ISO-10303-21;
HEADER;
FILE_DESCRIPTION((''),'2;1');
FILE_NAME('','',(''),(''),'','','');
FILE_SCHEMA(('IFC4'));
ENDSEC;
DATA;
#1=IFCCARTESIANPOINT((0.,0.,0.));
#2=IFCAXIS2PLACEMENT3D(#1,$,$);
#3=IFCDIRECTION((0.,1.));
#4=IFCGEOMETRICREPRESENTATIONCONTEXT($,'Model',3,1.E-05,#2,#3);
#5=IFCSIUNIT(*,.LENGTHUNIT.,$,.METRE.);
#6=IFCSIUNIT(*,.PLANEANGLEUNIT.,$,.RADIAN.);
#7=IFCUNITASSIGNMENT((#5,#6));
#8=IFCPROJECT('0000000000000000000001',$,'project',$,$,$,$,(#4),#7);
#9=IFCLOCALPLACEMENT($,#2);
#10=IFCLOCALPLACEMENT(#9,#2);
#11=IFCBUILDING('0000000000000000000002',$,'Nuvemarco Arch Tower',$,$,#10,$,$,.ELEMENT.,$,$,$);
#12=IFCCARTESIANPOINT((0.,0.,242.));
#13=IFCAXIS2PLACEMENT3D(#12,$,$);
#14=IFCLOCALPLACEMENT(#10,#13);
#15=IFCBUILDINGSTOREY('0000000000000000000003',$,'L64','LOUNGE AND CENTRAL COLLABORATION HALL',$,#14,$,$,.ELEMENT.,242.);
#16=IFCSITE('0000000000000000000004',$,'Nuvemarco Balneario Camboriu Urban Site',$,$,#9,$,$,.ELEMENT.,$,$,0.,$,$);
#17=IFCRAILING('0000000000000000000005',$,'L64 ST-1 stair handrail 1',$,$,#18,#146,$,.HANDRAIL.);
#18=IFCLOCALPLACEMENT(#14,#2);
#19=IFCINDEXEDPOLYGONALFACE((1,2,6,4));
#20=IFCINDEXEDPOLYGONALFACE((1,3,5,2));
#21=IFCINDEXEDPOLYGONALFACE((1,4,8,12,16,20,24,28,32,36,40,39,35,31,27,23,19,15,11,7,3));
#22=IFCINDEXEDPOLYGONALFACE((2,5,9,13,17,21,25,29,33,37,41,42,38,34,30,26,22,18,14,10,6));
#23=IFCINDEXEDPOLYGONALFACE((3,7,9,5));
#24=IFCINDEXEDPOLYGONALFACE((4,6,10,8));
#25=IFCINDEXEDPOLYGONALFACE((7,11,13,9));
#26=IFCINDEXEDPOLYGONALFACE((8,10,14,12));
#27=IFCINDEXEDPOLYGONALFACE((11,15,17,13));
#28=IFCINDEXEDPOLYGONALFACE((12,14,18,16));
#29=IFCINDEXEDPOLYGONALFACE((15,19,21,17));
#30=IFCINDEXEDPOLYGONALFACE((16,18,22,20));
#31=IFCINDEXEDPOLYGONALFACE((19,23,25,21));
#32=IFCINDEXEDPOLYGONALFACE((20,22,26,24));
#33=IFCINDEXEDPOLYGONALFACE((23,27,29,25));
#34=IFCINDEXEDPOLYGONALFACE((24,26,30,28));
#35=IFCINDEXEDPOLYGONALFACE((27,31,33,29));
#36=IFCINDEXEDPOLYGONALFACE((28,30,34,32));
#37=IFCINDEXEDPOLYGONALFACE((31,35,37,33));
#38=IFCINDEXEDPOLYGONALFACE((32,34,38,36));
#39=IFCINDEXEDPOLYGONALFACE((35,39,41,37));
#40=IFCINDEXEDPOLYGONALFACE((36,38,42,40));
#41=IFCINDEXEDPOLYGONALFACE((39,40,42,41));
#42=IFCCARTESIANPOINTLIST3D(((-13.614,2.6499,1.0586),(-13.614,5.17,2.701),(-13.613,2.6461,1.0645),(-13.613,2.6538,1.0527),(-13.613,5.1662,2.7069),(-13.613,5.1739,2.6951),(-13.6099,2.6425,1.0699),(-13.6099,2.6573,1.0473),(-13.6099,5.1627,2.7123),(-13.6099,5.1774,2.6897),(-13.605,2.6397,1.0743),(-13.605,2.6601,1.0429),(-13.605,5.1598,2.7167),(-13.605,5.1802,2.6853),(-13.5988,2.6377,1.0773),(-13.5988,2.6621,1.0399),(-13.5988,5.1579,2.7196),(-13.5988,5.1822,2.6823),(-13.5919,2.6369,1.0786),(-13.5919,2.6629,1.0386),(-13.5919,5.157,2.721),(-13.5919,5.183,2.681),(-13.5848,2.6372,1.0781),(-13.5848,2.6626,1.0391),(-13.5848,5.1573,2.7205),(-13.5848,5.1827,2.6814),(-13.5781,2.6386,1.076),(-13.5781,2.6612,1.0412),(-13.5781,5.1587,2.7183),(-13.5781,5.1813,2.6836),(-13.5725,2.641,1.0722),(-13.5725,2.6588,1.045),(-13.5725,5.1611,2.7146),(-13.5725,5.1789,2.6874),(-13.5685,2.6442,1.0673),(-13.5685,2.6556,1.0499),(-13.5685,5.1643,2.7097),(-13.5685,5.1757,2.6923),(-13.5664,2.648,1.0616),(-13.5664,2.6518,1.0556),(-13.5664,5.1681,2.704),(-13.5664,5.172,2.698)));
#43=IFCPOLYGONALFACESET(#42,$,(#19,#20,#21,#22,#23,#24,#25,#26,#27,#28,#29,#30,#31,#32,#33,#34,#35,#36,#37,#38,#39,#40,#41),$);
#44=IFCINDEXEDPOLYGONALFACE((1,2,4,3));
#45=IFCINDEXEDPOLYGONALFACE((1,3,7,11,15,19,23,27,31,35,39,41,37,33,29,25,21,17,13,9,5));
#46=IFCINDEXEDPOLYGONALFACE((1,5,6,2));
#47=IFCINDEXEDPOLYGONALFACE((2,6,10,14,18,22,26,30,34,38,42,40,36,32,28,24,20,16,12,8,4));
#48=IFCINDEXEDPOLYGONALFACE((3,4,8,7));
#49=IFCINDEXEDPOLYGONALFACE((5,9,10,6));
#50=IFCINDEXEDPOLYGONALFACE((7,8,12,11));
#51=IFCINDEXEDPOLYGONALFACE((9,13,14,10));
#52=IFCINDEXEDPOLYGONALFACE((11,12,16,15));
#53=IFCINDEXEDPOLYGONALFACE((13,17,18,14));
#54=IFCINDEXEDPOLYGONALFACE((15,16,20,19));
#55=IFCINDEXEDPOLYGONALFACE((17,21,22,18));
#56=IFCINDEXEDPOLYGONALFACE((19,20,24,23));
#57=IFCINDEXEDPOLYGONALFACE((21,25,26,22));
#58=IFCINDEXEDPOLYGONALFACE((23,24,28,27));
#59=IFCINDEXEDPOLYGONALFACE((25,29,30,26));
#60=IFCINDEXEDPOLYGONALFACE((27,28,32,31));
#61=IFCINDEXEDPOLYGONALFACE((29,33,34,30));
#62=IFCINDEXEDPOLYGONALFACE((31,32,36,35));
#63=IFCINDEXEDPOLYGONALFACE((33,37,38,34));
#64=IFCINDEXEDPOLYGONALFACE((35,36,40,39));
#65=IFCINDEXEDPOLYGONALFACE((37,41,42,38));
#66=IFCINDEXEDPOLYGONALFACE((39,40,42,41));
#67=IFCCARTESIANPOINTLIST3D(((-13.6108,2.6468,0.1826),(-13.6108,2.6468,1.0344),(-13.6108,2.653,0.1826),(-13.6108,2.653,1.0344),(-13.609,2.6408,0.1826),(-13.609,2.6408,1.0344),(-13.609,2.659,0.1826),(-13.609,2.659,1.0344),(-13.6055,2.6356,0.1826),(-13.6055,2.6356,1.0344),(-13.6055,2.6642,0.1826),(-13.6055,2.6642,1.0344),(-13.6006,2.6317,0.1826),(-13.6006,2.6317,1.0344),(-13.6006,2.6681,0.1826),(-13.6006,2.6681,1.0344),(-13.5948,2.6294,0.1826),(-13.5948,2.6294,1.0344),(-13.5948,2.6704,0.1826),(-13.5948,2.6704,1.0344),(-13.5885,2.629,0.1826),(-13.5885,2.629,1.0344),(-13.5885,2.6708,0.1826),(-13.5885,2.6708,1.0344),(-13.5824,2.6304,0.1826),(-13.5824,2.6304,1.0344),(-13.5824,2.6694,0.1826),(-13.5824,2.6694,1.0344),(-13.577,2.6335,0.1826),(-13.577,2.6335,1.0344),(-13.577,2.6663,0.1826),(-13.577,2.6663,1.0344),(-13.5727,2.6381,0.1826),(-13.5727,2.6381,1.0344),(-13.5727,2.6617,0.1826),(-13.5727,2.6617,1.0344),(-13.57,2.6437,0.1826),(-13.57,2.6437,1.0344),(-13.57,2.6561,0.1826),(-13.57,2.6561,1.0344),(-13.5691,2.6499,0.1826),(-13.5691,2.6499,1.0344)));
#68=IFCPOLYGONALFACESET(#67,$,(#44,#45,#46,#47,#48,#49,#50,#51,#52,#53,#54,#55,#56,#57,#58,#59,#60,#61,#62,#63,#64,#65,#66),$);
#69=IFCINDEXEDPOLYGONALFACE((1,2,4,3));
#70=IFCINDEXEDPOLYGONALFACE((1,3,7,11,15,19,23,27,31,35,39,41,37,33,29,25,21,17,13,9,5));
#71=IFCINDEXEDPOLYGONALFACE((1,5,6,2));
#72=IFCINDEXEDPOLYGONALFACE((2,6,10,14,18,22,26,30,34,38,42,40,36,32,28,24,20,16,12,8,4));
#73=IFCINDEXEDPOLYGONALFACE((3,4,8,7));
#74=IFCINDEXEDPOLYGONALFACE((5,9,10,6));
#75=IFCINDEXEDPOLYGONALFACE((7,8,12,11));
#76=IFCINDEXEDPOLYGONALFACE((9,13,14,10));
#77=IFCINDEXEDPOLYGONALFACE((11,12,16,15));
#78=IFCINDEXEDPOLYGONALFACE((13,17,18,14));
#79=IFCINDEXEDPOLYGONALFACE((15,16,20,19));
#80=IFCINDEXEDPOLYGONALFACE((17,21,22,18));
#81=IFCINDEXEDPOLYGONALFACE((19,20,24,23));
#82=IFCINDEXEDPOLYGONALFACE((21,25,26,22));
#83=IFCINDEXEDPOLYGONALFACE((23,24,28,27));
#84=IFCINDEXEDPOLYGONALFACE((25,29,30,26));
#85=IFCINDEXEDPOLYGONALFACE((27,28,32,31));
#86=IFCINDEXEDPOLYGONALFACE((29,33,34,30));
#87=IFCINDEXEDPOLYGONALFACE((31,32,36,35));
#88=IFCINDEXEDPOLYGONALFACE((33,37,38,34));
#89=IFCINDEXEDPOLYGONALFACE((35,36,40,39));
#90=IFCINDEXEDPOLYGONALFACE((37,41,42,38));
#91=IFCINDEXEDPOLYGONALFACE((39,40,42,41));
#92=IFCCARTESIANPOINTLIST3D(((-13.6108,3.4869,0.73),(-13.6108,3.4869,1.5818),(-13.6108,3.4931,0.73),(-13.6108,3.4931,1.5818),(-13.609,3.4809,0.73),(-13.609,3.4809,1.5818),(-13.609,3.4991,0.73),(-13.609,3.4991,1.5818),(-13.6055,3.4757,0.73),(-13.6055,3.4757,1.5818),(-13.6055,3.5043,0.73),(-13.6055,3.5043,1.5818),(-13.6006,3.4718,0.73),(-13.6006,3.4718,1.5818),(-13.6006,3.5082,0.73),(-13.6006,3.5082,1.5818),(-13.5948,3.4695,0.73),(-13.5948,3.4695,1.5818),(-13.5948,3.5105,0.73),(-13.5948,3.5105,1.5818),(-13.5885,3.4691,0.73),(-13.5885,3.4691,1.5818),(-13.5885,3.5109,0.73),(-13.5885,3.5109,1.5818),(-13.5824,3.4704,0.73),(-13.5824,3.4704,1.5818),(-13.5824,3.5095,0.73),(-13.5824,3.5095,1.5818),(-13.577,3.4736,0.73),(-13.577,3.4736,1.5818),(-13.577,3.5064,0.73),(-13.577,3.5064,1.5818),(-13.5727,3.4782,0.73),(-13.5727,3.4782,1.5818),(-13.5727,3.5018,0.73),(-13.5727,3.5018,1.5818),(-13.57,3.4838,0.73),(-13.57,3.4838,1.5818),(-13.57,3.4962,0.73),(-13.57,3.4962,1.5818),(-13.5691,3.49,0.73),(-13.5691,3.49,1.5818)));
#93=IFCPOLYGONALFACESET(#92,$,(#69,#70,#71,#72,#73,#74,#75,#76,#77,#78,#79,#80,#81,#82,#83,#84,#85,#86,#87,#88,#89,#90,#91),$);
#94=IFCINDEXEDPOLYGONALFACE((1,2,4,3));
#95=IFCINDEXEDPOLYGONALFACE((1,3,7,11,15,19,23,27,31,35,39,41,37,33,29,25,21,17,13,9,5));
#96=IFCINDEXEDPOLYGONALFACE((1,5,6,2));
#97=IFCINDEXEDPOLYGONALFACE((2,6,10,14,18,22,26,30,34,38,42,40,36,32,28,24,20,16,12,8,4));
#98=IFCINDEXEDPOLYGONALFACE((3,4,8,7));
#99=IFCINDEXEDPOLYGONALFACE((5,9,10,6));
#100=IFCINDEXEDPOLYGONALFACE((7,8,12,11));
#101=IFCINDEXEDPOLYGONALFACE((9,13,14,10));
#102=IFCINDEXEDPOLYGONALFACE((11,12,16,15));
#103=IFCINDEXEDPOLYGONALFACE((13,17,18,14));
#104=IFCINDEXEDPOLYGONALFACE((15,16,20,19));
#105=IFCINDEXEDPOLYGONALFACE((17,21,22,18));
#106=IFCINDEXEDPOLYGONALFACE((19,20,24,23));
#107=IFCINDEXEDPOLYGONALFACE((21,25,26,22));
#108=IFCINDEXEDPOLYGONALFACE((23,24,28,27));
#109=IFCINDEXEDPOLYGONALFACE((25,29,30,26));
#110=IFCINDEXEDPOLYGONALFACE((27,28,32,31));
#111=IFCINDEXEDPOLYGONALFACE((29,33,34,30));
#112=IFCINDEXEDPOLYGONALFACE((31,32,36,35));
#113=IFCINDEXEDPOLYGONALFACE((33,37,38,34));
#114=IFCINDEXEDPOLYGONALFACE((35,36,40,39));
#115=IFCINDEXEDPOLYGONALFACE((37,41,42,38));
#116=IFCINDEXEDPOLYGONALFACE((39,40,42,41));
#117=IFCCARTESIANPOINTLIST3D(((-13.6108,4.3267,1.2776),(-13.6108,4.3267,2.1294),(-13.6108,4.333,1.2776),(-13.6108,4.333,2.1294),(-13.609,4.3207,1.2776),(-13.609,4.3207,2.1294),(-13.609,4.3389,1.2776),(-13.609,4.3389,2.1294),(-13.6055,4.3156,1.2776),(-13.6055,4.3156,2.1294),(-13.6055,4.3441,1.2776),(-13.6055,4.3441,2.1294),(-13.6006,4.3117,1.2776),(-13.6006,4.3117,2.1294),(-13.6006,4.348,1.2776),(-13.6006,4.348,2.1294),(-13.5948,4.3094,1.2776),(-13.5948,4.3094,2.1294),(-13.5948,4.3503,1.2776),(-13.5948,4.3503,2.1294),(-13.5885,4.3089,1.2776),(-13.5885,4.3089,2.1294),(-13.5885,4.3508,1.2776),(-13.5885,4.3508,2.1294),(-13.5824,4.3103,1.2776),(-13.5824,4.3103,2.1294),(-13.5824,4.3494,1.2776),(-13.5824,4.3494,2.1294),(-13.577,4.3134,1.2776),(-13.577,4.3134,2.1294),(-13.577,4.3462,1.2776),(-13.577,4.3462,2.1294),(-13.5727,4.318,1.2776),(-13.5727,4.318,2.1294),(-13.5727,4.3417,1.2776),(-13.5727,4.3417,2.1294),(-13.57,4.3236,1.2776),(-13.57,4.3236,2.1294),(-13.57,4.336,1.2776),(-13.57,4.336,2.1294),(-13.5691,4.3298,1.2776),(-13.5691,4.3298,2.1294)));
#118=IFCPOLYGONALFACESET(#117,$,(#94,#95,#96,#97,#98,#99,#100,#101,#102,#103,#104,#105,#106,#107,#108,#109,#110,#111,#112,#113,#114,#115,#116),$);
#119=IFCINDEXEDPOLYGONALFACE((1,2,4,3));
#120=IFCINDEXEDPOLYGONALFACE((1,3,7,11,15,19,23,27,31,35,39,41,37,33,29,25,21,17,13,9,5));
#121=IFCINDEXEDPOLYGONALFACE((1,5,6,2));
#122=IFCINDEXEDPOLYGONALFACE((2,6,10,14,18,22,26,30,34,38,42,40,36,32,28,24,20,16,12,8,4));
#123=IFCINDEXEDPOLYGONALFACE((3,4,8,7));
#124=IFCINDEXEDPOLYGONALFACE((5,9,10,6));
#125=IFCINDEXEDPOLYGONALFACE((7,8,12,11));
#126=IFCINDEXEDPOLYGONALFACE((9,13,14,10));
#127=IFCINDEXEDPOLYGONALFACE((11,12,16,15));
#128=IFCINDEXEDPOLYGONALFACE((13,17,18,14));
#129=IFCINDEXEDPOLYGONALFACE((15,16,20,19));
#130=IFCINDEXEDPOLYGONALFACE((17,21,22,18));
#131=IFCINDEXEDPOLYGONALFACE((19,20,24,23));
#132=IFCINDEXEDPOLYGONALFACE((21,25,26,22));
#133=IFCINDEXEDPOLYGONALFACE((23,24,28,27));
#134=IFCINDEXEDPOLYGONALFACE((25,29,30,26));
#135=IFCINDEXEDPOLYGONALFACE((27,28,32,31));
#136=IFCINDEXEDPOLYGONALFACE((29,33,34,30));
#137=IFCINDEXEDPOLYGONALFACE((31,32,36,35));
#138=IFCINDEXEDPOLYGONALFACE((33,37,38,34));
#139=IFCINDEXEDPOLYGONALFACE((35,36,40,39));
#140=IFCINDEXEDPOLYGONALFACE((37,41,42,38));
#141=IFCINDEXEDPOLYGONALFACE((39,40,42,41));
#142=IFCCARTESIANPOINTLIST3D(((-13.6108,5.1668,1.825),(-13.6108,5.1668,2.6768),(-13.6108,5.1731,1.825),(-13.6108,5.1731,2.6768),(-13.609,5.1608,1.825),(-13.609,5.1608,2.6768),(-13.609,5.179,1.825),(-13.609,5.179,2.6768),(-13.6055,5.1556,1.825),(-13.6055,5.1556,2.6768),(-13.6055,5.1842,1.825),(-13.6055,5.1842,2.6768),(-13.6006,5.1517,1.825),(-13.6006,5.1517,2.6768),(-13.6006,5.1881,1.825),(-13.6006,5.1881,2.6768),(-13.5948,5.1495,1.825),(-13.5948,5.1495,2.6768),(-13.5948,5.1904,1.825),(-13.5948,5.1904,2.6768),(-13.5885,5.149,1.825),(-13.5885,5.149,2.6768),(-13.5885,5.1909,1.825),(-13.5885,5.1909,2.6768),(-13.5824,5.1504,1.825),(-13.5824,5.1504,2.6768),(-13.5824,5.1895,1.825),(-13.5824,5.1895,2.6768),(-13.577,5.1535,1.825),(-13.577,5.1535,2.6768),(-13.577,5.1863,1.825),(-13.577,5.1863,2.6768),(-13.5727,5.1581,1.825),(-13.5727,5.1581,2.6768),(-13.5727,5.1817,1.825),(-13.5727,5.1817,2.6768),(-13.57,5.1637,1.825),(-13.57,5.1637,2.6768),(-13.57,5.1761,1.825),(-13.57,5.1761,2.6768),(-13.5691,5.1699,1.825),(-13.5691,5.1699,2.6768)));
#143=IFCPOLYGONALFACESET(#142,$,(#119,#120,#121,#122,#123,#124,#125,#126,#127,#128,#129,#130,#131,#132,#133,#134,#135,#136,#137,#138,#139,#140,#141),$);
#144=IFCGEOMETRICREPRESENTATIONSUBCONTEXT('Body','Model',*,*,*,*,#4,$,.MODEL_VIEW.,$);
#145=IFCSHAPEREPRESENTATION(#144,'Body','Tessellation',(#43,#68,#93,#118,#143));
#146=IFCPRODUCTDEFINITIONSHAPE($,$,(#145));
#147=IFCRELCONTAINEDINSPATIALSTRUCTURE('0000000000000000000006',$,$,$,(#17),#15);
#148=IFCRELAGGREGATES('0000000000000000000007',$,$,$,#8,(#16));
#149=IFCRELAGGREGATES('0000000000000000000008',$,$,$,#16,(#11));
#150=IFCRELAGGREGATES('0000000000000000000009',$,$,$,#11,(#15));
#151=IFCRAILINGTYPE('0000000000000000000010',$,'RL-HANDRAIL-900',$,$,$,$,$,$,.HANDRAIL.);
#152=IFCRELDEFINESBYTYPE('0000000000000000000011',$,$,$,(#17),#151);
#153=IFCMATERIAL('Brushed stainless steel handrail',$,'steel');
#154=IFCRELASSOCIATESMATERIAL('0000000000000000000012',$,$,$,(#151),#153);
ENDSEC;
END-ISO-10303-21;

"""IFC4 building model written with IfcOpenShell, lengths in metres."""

from ifc_helpers import new_model, si_unit, direction, frame, origin, origin_2d, place, context, subcontext, project, spatial, circle, extrude, material, type_object, element, save


model = new_model("IFC4")

# Units and contexts
model_context = context("Model", 3, precision=1e-05, world=origin(), true_north=direction((0.0, 1.0)))
body_context = subcontext(model_context, "Body", "Model", "MODEL_VIEW")
ifc_project = project(units=[si_unit("LENGTHUNIT", "METRE"), si_unit("PLANEANGLEUNIT", "RADIAN")], contexts=[model_context])

# Site, building, storey
site_placement = place(None, origin())
site = spatial("IfcSite", under=ifc_project, at=site_placement, Name="Nuvemarco Balneario Camboriu Urban Site", CompositionType="ELEMENT", RefElevation=0.0)
building_placement = place(site_placement, origin())
building = spatial("IfcBuilding", under=site, at=building_placement, Name="Nuvemarco Arch Tower", CompositionType="ELEMENT")
storey_placement = place(building_placement, frame((0.0, 0.0, 242.0)))
storey = spatial("IfcBuildingStorey", under=building, at=storey_placement, Name="L64", Description="LOUNGE AND CENTRAL COLLABORATION HALL", CompositionType="ELEMENT", Elevation=242.0)

# Railing
ifc_material_1 = material(Name="Brushed stainless steel handrail", Category="steel")
railing_type_1 = type_object("IfcRailingType", Name="RL-HANDRAIL-900", PredefinedType="HANDRAIL", material=ifc_material_1)
railing_1_placement = place(storey_placement, frame((-13.5901, 2.6499, 0.1826)))
element("IfcRailing", 1, at=railing_1_placement, inside=storey, type_object=railing_type_1, Name="L64 ST-1 stair handrail 1", PredefinedType="HANDRAIL", context=body_context, shape_type="SweptSolid", body=[
    extrude(circle(Radius=0.0239, at=origin_2d()), frame((0.0, 0.0, 0.876), z_axis=(0.0, 0.837787, 0.545998), x_axis=(-1.0, 0.0, 0.0)), (0.0, 0.0, 1.0), 3.0081),
    extrude(circle(Radius=0.021, at=origin_2d()), origin(), (0.0, 0.0, 1.0), 0.8518),
    extrude(circle(Radius=0.021, at=origin_2d()), frame((0.0, 0.8401, 0.5474)), (0.0, 0.0, 1.0), 0.8518),
    extrude(circle(Radius=0.021, at=origin_2d()), frame((0.0, 1.6799, 1.095)), (0.0, 0.0, 1.0), 0.8518),
    extrude(circle(Radius=0.021, at=origin_2d()), frame((0.0, 2.52, 1.6423)), (0.0, 0.0, 1.0), 0.8518),
])

save(model, "model.ifc")
